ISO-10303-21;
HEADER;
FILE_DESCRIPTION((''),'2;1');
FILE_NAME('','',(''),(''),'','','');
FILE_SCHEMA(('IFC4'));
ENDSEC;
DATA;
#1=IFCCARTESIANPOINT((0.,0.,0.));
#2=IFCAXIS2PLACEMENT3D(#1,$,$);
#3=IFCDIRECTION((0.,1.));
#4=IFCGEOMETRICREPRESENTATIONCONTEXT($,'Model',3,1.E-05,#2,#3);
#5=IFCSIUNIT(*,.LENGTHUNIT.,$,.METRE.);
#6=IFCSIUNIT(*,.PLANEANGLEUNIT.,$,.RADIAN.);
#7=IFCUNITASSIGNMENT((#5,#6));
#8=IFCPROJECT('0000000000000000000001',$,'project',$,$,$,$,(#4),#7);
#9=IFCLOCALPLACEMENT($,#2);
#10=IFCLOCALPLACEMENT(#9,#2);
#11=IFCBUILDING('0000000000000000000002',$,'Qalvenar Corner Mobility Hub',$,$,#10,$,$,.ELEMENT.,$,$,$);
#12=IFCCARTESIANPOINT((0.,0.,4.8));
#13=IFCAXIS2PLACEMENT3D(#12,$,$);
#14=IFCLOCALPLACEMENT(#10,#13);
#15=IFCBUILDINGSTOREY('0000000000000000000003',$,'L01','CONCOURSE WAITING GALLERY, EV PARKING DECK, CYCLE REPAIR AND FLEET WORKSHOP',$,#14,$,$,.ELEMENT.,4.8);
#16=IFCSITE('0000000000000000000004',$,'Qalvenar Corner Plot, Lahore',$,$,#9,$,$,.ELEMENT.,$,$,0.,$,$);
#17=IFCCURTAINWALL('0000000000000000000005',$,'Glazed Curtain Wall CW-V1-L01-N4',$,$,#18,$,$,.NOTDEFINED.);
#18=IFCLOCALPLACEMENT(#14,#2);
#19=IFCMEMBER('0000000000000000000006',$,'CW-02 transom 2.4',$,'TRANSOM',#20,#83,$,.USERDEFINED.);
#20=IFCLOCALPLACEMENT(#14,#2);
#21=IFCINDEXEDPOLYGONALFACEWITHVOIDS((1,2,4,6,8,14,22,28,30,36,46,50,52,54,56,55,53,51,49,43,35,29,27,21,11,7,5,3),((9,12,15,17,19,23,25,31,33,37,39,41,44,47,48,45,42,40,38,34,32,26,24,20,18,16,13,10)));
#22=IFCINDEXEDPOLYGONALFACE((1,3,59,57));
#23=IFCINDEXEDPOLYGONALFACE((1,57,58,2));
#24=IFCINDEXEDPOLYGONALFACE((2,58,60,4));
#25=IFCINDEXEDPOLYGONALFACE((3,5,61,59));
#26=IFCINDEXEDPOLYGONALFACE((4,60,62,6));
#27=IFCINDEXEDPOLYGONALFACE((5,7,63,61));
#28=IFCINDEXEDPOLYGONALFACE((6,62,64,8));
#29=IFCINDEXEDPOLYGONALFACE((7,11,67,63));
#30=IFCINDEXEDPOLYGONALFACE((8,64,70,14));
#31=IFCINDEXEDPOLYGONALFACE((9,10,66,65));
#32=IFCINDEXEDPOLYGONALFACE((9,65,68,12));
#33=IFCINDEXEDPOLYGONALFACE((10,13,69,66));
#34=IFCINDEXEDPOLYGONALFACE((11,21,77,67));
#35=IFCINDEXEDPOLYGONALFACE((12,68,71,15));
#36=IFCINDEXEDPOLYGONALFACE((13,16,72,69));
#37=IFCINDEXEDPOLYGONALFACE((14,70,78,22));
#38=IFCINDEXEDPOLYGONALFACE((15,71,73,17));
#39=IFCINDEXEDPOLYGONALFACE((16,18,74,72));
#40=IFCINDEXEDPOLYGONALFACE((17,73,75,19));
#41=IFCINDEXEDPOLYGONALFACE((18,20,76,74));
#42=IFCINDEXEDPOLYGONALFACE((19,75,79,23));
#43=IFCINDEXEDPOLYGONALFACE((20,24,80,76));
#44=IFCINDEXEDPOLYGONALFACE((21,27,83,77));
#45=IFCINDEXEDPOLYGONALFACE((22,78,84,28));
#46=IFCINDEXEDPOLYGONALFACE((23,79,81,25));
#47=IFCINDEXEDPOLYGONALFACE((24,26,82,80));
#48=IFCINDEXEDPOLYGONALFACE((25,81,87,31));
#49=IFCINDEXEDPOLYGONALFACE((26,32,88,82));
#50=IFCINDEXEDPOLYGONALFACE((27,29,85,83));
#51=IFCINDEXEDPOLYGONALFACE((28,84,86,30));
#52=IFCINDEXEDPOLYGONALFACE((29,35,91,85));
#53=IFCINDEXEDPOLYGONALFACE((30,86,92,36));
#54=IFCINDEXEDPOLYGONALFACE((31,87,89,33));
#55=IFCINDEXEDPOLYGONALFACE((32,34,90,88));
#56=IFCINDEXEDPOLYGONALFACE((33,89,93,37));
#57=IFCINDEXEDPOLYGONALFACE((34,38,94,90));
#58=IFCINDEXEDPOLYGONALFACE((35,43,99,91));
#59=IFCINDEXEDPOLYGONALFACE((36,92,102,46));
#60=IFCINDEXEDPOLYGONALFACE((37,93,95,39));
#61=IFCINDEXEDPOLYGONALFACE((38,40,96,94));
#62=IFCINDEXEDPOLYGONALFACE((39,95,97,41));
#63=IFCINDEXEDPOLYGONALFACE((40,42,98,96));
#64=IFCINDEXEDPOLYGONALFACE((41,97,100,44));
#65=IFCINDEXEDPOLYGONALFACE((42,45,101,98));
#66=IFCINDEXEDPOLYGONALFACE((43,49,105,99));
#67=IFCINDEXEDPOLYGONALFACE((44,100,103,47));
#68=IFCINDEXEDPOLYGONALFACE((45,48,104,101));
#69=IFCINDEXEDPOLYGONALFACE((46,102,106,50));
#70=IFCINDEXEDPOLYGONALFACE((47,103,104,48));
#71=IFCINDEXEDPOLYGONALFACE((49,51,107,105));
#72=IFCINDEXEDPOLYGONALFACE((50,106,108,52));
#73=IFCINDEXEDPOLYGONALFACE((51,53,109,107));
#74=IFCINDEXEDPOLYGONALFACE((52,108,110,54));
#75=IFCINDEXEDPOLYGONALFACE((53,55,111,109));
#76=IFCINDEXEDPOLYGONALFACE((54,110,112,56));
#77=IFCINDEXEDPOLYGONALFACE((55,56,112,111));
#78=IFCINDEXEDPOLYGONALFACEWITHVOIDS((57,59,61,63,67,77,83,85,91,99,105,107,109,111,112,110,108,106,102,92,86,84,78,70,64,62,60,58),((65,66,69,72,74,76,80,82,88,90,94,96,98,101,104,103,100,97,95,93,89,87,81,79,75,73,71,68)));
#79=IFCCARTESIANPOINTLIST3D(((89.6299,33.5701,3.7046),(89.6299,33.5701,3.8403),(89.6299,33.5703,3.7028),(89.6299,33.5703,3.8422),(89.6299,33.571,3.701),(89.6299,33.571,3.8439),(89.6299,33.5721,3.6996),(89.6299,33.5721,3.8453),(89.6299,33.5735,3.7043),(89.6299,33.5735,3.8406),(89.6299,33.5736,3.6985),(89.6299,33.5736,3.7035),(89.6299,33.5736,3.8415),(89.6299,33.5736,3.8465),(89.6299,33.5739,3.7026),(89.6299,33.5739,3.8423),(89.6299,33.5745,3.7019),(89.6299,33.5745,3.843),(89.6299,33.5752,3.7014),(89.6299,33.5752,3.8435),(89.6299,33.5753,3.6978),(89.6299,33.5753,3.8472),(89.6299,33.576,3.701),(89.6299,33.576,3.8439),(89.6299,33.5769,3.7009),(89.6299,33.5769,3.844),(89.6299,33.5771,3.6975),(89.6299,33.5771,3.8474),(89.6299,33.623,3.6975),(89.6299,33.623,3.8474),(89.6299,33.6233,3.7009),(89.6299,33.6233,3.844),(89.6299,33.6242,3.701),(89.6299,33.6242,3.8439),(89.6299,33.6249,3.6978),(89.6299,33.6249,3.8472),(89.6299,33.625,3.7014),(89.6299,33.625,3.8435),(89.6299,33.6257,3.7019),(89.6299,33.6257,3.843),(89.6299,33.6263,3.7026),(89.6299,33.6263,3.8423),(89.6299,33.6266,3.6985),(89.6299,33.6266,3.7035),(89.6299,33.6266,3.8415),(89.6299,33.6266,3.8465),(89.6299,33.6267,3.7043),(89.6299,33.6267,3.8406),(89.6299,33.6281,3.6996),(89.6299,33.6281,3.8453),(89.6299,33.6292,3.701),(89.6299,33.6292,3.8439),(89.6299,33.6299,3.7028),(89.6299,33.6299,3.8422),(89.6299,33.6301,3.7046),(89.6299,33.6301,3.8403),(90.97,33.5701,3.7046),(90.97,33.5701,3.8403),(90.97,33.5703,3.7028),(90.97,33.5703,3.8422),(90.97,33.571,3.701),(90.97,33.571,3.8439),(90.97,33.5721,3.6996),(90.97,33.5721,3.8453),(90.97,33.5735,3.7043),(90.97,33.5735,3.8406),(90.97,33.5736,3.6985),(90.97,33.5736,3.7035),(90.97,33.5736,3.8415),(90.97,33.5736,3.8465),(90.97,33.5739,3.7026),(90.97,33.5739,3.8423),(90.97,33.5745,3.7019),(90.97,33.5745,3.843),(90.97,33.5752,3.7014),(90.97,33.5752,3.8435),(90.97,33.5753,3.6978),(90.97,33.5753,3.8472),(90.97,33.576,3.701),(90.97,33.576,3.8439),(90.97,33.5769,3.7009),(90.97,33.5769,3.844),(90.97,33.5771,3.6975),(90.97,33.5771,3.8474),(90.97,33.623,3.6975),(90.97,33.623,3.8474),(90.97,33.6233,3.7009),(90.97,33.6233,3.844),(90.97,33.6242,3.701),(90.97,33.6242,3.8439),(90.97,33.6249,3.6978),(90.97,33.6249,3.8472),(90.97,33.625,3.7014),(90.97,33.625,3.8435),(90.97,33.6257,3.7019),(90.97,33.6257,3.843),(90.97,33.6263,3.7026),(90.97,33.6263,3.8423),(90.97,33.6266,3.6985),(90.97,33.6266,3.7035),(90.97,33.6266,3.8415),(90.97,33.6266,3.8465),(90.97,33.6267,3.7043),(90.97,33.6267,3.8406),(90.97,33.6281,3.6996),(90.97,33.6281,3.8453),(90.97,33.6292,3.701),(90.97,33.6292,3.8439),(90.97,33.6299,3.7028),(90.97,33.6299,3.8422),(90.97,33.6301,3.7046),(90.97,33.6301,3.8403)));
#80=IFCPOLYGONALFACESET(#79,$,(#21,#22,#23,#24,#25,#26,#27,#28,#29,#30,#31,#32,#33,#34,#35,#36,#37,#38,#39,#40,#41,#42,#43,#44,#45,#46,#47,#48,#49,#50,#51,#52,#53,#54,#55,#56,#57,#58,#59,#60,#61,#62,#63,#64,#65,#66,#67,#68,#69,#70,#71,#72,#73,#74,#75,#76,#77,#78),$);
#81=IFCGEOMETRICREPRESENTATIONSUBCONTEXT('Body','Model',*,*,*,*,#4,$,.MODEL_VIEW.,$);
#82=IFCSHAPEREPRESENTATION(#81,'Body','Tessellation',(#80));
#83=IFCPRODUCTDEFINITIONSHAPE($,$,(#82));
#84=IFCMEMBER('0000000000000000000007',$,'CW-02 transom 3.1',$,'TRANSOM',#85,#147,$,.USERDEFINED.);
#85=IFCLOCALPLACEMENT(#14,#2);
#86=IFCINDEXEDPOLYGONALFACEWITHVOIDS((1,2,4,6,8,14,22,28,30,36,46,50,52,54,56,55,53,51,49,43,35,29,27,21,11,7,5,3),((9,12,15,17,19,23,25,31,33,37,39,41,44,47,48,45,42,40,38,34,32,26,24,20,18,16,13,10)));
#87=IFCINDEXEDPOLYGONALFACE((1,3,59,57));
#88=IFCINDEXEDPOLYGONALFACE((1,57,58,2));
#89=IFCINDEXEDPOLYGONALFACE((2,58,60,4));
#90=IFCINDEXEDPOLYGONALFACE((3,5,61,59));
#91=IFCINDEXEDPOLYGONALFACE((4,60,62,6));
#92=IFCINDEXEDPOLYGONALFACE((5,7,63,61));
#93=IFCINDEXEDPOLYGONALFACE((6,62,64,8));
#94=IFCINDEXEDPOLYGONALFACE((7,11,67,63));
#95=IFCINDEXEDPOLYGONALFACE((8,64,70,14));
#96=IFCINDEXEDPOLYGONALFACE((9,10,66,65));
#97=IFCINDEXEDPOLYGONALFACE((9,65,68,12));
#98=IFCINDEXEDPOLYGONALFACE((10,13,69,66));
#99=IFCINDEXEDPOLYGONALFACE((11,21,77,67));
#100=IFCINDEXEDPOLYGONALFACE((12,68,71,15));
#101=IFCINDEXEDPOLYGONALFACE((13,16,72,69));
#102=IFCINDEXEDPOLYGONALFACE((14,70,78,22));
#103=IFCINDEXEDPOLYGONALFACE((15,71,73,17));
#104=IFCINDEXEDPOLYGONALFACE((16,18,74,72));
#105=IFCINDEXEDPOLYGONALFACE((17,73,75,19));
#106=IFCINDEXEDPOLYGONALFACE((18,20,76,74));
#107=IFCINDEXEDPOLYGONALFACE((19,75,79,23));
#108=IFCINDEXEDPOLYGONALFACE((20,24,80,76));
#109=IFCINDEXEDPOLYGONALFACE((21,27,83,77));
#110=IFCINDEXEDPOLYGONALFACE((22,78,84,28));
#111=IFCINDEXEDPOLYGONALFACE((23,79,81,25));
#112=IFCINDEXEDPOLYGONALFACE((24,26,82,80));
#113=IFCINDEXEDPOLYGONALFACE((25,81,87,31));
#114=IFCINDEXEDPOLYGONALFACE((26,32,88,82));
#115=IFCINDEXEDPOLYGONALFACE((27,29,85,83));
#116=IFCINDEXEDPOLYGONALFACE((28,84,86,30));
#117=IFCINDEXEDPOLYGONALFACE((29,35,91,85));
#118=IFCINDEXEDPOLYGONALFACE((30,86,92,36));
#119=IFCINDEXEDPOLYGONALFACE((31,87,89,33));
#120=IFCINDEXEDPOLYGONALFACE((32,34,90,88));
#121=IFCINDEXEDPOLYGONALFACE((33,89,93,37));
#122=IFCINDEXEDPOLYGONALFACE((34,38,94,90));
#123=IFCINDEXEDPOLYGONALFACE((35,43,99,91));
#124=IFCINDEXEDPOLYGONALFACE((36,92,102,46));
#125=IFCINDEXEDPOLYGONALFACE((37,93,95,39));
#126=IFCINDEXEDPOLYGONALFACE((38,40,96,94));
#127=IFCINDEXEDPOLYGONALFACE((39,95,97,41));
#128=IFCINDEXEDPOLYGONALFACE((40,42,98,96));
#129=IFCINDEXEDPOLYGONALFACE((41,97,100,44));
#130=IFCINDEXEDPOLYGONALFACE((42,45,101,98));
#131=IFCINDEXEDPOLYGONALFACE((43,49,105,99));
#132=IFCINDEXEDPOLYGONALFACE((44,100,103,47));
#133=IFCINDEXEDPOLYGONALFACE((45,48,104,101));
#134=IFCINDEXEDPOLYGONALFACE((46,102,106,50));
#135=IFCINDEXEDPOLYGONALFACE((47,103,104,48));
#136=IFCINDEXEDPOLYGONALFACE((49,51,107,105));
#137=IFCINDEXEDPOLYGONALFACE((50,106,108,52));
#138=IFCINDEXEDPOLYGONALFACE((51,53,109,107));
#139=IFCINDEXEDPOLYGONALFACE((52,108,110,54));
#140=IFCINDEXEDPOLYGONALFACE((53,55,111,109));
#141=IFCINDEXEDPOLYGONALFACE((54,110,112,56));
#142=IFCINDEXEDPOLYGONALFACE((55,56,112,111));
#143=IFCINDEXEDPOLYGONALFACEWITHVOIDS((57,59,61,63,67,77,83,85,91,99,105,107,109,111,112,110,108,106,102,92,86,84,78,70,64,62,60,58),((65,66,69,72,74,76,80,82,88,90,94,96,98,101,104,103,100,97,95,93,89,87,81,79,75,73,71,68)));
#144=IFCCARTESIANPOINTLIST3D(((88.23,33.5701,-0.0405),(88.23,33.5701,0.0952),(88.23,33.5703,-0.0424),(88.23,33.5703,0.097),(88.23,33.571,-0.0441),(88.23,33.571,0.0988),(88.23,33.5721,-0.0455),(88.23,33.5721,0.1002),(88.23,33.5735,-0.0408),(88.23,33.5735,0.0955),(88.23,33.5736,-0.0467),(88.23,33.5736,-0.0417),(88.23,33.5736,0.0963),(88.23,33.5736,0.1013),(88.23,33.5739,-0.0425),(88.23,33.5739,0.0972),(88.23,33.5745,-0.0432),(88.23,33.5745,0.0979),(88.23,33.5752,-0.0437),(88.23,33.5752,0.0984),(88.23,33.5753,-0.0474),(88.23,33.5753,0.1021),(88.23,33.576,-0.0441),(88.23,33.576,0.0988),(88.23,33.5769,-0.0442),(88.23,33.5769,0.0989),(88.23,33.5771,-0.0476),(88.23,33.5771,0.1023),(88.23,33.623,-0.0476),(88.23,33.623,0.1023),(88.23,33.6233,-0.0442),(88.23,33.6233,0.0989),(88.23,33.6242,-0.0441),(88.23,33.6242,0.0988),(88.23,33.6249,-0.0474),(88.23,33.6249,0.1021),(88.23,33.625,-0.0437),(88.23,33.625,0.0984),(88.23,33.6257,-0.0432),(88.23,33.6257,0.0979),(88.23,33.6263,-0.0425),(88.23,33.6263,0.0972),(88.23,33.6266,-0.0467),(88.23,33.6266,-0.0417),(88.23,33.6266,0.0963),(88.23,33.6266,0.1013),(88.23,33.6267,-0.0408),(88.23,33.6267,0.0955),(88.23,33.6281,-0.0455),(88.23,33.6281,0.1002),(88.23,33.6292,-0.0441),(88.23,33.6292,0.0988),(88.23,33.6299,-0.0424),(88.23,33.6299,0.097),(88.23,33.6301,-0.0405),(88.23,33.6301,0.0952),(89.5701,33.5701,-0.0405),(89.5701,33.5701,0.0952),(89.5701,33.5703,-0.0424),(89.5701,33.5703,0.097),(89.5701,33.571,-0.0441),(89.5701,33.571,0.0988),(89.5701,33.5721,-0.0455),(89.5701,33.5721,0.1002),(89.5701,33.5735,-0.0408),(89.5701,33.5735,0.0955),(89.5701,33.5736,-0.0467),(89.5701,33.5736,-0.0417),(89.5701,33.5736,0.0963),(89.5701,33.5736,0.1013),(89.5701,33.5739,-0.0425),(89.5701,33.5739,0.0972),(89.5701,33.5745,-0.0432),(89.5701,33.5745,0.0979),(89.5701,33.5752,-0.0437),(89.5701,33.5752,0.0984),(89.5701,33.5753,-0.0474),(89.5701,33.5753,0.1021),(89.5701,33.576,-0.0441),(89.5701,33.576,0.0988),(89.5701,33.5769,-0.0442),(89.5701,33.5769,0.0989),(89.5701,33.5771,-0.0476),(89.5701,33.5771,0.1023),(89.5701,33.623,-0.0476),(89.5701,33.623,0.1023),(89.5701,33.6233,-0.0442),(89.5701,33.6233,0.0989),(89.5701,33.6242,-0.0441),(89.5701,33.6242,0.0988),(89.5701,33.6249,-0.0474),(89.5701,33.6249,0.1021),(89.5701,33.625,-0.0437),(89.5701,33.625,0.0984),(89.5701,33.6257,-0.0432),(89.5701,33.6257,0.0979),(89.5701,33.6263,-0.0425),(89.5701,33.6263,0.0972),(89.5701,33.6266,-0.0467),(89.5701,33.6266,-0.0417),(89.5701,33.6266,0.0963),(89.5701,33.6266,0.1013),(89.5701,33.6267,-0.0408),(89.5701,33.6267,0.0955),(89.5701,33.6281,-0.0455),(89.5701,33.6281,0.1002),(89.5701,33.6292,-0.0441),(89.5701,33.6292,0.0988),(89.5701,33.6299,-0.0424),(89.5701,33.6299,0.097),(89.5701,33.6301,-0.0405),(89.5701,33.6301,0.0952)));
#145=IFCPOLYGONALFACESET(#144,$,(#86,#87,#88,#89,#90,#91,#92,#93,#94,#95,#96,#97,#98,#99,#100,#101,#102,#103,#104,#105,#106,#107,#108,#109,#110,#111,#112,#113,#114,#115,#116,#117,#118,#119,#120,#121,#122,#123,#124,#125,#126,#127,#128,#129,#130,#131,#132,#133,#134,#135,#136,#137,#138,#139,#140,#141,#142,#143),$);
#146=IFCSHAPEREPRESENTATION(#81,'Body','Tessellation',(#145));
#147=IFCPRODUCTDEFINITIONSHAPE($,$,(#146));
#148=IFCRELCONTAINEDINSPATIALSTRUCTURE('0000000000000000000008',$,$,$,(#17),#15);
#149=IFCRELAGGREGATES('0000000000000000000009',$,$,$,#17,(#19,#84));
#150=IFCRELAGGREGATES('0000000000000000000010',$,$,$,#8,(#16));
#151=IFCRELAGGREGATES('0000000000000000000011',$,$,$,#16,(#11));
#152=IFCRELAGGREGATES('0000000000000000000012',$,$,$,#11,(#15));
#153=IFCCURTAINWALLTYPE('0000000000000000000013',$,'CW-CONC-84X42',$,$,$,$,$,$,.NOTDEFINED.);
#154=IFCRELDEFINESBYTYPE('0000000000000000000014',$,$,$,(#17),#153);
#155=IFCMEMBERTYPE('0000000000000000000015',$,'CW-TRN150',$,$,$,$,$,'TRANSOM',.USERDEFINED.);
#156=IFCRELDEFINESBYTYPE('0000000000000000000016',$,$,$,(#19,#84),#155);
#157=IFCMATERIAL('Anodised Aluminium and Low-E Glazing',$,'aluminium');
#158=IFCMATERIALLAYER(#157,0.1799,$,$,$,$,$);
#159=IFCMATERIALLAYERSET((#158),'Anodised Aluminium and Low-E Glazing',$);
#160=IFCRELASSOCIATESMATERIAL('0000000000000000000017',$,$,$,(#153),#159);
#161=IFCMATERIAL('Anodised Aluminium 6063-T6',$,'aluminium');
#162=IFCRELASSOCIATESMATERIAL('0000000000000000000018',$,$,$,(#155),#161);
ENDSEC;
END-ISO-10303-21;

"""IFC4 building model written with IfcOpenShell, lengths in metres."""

from ifc_helpers import new_model, si_unit, direction, frame, origin, origin_2d, place, context, subcontext, project, spatial, hollow_rectangle, extrude, material, layer, layer_set, material_profile, profile_set, type_object, element, aggregate, save


model = new_model("IFC4")

# Units and contexts
model_context = context("Model", 3, precision=1e-05, world=origin(), true_north=direction((0.0, 1.0)))
body_context = subcontext(model_context, "Body", "Model", "MODEL_VIEW")
ifc_project = project(units=[si_unit("LENGTHUNIT", "METRE"), si_unit("PLANEANGLEUNIT", "RADIAN")], contexts=[model_context])

# Site, building, storey
site_placement = place(None, origin())
site = spatial("IfcSite", under=ifc_project, at=site_placement, Name="Qalvenar Corner Plot, Lahore", CompositionType="ELEMENT", RefElevation=0.0)
building_placement = place(site_placement, origin())
building = spatial("IfcBuilding", under=site, at=building_placement, Name="Qalvenar Corner Mobility Hub", CompositionType="ELEMENT")
storey_placement = place(building_placement, frame((0.0, 0.0, 4.8)))
storey = spatial("IfcBuildingStorey", under=building, at=storey_placement, Name="L01", Description="CONCOURSE WAITING GALLERY, EV PARKING DECK, CYCLE REPAIR AND FLEET WORKSHOP", CompositionType="ELEMENT", Elevation=4.8)

# Curtain wall, members
ifc_material_1 = material(Name="Anodised Aluminium and Low-E Glazing", Category="aluminium")
ifc_layer_1 = layer(ifc_material_1, 0.1799)
ifc_layer_set_1 = layer_set([ifc_layer_1], Name="Anodised Aluminium and Low-E Glazing")
curtain_wall_type = type_object("IfcCurtainWallType", Name="CW-CONC-84X42", PredefinedType="NOTDEFINED", material=ifc_layer_set_1)
curtain_wall_placement = place(storey_placement, origin())
curtain_wall = element("IfcCurtainWall", 1, at=curtain_wall_placement, inside=storey, type_object=curtain_wall_type, Name="Glazed Curtain Wall CW-V1-L01-N4", PredefinedType="NOTDEFINED")
ifc_material_2 = material(Name="Anodised Aluminium 6063-T6", Category="aluminium")
ifc_material_profile_1 = material_profile(ifc_material_2, hollow_rectangle(XDim=0.0601, YDim=0.1499, WallThickness=0.0034, InnerFilletRadius=0.0034, OuterFilletRadius=0.0071, at=origin_2d()), Name="RHS150x60x3.5")
ifc_profile_set_1 = profile_set([ifc_material_profile_1], Name="Anodised Aluminium 6063-T6")
member_type_1 = type_object("IfcMemberType", Name="CW-TRN150", ElementType="TRANSOM", PredefinedType="USERDEFINED", material=ifc_profile_set_1)
member_1_placement = place(storey_placement, frame((90.97, 33.6001, 3.7725), z_axis=(-1.0, 0.0, 0.0), x_axis=(0.0, -1.0, 0.0)))
member_1 = element("IfcMember", 2, at=member_1_placement, type_object=member_type_1, Name="CW-02 transom 2.4", ObjectType="TRANSOM", PredefinedType="USERDEFINED", context=body_context, shape_type="SweptSolid", body=[
    extrude(hollow_rectangle(XDim=0.0601, YDim=0.1499, WallThickness=0.0034, InnerFilletRadius=0.0034, OuterFilletRadius=0.0071, at=origin_2d()), origin(), (0.0, 0.0, 1.0), 1.3401),
])
member_2_placement = place(storey_placement, frame((89.5701, 33.6001, 0.0273), z_axis=(-1.0, 0.0, 0.0), x_axis=(0.0, -1.0, 0.0)))
member_2 = element("IfcMember", 3, at=member_2_placement, type_object=member_type_1, Name="CW-02 transom 3.1", ObjectType="TRANSOM", PredefinedType="USERDEFINED", context=body_context, shape_type="SweptSolid", body=[
    extrude(hollow_rectangle(XDim=0.0601, YDim=0.1499, WallThickness=0.0034, InnerFilletRadius=0.0034, OuterFilletRadius=0.0071, at=origin_2d()), origin(), (0.0, 0.0, 1.0), 1.3401),
])
aggregate(curtain_wall, [member_1, member_2])

save(model, "model.ifc")
